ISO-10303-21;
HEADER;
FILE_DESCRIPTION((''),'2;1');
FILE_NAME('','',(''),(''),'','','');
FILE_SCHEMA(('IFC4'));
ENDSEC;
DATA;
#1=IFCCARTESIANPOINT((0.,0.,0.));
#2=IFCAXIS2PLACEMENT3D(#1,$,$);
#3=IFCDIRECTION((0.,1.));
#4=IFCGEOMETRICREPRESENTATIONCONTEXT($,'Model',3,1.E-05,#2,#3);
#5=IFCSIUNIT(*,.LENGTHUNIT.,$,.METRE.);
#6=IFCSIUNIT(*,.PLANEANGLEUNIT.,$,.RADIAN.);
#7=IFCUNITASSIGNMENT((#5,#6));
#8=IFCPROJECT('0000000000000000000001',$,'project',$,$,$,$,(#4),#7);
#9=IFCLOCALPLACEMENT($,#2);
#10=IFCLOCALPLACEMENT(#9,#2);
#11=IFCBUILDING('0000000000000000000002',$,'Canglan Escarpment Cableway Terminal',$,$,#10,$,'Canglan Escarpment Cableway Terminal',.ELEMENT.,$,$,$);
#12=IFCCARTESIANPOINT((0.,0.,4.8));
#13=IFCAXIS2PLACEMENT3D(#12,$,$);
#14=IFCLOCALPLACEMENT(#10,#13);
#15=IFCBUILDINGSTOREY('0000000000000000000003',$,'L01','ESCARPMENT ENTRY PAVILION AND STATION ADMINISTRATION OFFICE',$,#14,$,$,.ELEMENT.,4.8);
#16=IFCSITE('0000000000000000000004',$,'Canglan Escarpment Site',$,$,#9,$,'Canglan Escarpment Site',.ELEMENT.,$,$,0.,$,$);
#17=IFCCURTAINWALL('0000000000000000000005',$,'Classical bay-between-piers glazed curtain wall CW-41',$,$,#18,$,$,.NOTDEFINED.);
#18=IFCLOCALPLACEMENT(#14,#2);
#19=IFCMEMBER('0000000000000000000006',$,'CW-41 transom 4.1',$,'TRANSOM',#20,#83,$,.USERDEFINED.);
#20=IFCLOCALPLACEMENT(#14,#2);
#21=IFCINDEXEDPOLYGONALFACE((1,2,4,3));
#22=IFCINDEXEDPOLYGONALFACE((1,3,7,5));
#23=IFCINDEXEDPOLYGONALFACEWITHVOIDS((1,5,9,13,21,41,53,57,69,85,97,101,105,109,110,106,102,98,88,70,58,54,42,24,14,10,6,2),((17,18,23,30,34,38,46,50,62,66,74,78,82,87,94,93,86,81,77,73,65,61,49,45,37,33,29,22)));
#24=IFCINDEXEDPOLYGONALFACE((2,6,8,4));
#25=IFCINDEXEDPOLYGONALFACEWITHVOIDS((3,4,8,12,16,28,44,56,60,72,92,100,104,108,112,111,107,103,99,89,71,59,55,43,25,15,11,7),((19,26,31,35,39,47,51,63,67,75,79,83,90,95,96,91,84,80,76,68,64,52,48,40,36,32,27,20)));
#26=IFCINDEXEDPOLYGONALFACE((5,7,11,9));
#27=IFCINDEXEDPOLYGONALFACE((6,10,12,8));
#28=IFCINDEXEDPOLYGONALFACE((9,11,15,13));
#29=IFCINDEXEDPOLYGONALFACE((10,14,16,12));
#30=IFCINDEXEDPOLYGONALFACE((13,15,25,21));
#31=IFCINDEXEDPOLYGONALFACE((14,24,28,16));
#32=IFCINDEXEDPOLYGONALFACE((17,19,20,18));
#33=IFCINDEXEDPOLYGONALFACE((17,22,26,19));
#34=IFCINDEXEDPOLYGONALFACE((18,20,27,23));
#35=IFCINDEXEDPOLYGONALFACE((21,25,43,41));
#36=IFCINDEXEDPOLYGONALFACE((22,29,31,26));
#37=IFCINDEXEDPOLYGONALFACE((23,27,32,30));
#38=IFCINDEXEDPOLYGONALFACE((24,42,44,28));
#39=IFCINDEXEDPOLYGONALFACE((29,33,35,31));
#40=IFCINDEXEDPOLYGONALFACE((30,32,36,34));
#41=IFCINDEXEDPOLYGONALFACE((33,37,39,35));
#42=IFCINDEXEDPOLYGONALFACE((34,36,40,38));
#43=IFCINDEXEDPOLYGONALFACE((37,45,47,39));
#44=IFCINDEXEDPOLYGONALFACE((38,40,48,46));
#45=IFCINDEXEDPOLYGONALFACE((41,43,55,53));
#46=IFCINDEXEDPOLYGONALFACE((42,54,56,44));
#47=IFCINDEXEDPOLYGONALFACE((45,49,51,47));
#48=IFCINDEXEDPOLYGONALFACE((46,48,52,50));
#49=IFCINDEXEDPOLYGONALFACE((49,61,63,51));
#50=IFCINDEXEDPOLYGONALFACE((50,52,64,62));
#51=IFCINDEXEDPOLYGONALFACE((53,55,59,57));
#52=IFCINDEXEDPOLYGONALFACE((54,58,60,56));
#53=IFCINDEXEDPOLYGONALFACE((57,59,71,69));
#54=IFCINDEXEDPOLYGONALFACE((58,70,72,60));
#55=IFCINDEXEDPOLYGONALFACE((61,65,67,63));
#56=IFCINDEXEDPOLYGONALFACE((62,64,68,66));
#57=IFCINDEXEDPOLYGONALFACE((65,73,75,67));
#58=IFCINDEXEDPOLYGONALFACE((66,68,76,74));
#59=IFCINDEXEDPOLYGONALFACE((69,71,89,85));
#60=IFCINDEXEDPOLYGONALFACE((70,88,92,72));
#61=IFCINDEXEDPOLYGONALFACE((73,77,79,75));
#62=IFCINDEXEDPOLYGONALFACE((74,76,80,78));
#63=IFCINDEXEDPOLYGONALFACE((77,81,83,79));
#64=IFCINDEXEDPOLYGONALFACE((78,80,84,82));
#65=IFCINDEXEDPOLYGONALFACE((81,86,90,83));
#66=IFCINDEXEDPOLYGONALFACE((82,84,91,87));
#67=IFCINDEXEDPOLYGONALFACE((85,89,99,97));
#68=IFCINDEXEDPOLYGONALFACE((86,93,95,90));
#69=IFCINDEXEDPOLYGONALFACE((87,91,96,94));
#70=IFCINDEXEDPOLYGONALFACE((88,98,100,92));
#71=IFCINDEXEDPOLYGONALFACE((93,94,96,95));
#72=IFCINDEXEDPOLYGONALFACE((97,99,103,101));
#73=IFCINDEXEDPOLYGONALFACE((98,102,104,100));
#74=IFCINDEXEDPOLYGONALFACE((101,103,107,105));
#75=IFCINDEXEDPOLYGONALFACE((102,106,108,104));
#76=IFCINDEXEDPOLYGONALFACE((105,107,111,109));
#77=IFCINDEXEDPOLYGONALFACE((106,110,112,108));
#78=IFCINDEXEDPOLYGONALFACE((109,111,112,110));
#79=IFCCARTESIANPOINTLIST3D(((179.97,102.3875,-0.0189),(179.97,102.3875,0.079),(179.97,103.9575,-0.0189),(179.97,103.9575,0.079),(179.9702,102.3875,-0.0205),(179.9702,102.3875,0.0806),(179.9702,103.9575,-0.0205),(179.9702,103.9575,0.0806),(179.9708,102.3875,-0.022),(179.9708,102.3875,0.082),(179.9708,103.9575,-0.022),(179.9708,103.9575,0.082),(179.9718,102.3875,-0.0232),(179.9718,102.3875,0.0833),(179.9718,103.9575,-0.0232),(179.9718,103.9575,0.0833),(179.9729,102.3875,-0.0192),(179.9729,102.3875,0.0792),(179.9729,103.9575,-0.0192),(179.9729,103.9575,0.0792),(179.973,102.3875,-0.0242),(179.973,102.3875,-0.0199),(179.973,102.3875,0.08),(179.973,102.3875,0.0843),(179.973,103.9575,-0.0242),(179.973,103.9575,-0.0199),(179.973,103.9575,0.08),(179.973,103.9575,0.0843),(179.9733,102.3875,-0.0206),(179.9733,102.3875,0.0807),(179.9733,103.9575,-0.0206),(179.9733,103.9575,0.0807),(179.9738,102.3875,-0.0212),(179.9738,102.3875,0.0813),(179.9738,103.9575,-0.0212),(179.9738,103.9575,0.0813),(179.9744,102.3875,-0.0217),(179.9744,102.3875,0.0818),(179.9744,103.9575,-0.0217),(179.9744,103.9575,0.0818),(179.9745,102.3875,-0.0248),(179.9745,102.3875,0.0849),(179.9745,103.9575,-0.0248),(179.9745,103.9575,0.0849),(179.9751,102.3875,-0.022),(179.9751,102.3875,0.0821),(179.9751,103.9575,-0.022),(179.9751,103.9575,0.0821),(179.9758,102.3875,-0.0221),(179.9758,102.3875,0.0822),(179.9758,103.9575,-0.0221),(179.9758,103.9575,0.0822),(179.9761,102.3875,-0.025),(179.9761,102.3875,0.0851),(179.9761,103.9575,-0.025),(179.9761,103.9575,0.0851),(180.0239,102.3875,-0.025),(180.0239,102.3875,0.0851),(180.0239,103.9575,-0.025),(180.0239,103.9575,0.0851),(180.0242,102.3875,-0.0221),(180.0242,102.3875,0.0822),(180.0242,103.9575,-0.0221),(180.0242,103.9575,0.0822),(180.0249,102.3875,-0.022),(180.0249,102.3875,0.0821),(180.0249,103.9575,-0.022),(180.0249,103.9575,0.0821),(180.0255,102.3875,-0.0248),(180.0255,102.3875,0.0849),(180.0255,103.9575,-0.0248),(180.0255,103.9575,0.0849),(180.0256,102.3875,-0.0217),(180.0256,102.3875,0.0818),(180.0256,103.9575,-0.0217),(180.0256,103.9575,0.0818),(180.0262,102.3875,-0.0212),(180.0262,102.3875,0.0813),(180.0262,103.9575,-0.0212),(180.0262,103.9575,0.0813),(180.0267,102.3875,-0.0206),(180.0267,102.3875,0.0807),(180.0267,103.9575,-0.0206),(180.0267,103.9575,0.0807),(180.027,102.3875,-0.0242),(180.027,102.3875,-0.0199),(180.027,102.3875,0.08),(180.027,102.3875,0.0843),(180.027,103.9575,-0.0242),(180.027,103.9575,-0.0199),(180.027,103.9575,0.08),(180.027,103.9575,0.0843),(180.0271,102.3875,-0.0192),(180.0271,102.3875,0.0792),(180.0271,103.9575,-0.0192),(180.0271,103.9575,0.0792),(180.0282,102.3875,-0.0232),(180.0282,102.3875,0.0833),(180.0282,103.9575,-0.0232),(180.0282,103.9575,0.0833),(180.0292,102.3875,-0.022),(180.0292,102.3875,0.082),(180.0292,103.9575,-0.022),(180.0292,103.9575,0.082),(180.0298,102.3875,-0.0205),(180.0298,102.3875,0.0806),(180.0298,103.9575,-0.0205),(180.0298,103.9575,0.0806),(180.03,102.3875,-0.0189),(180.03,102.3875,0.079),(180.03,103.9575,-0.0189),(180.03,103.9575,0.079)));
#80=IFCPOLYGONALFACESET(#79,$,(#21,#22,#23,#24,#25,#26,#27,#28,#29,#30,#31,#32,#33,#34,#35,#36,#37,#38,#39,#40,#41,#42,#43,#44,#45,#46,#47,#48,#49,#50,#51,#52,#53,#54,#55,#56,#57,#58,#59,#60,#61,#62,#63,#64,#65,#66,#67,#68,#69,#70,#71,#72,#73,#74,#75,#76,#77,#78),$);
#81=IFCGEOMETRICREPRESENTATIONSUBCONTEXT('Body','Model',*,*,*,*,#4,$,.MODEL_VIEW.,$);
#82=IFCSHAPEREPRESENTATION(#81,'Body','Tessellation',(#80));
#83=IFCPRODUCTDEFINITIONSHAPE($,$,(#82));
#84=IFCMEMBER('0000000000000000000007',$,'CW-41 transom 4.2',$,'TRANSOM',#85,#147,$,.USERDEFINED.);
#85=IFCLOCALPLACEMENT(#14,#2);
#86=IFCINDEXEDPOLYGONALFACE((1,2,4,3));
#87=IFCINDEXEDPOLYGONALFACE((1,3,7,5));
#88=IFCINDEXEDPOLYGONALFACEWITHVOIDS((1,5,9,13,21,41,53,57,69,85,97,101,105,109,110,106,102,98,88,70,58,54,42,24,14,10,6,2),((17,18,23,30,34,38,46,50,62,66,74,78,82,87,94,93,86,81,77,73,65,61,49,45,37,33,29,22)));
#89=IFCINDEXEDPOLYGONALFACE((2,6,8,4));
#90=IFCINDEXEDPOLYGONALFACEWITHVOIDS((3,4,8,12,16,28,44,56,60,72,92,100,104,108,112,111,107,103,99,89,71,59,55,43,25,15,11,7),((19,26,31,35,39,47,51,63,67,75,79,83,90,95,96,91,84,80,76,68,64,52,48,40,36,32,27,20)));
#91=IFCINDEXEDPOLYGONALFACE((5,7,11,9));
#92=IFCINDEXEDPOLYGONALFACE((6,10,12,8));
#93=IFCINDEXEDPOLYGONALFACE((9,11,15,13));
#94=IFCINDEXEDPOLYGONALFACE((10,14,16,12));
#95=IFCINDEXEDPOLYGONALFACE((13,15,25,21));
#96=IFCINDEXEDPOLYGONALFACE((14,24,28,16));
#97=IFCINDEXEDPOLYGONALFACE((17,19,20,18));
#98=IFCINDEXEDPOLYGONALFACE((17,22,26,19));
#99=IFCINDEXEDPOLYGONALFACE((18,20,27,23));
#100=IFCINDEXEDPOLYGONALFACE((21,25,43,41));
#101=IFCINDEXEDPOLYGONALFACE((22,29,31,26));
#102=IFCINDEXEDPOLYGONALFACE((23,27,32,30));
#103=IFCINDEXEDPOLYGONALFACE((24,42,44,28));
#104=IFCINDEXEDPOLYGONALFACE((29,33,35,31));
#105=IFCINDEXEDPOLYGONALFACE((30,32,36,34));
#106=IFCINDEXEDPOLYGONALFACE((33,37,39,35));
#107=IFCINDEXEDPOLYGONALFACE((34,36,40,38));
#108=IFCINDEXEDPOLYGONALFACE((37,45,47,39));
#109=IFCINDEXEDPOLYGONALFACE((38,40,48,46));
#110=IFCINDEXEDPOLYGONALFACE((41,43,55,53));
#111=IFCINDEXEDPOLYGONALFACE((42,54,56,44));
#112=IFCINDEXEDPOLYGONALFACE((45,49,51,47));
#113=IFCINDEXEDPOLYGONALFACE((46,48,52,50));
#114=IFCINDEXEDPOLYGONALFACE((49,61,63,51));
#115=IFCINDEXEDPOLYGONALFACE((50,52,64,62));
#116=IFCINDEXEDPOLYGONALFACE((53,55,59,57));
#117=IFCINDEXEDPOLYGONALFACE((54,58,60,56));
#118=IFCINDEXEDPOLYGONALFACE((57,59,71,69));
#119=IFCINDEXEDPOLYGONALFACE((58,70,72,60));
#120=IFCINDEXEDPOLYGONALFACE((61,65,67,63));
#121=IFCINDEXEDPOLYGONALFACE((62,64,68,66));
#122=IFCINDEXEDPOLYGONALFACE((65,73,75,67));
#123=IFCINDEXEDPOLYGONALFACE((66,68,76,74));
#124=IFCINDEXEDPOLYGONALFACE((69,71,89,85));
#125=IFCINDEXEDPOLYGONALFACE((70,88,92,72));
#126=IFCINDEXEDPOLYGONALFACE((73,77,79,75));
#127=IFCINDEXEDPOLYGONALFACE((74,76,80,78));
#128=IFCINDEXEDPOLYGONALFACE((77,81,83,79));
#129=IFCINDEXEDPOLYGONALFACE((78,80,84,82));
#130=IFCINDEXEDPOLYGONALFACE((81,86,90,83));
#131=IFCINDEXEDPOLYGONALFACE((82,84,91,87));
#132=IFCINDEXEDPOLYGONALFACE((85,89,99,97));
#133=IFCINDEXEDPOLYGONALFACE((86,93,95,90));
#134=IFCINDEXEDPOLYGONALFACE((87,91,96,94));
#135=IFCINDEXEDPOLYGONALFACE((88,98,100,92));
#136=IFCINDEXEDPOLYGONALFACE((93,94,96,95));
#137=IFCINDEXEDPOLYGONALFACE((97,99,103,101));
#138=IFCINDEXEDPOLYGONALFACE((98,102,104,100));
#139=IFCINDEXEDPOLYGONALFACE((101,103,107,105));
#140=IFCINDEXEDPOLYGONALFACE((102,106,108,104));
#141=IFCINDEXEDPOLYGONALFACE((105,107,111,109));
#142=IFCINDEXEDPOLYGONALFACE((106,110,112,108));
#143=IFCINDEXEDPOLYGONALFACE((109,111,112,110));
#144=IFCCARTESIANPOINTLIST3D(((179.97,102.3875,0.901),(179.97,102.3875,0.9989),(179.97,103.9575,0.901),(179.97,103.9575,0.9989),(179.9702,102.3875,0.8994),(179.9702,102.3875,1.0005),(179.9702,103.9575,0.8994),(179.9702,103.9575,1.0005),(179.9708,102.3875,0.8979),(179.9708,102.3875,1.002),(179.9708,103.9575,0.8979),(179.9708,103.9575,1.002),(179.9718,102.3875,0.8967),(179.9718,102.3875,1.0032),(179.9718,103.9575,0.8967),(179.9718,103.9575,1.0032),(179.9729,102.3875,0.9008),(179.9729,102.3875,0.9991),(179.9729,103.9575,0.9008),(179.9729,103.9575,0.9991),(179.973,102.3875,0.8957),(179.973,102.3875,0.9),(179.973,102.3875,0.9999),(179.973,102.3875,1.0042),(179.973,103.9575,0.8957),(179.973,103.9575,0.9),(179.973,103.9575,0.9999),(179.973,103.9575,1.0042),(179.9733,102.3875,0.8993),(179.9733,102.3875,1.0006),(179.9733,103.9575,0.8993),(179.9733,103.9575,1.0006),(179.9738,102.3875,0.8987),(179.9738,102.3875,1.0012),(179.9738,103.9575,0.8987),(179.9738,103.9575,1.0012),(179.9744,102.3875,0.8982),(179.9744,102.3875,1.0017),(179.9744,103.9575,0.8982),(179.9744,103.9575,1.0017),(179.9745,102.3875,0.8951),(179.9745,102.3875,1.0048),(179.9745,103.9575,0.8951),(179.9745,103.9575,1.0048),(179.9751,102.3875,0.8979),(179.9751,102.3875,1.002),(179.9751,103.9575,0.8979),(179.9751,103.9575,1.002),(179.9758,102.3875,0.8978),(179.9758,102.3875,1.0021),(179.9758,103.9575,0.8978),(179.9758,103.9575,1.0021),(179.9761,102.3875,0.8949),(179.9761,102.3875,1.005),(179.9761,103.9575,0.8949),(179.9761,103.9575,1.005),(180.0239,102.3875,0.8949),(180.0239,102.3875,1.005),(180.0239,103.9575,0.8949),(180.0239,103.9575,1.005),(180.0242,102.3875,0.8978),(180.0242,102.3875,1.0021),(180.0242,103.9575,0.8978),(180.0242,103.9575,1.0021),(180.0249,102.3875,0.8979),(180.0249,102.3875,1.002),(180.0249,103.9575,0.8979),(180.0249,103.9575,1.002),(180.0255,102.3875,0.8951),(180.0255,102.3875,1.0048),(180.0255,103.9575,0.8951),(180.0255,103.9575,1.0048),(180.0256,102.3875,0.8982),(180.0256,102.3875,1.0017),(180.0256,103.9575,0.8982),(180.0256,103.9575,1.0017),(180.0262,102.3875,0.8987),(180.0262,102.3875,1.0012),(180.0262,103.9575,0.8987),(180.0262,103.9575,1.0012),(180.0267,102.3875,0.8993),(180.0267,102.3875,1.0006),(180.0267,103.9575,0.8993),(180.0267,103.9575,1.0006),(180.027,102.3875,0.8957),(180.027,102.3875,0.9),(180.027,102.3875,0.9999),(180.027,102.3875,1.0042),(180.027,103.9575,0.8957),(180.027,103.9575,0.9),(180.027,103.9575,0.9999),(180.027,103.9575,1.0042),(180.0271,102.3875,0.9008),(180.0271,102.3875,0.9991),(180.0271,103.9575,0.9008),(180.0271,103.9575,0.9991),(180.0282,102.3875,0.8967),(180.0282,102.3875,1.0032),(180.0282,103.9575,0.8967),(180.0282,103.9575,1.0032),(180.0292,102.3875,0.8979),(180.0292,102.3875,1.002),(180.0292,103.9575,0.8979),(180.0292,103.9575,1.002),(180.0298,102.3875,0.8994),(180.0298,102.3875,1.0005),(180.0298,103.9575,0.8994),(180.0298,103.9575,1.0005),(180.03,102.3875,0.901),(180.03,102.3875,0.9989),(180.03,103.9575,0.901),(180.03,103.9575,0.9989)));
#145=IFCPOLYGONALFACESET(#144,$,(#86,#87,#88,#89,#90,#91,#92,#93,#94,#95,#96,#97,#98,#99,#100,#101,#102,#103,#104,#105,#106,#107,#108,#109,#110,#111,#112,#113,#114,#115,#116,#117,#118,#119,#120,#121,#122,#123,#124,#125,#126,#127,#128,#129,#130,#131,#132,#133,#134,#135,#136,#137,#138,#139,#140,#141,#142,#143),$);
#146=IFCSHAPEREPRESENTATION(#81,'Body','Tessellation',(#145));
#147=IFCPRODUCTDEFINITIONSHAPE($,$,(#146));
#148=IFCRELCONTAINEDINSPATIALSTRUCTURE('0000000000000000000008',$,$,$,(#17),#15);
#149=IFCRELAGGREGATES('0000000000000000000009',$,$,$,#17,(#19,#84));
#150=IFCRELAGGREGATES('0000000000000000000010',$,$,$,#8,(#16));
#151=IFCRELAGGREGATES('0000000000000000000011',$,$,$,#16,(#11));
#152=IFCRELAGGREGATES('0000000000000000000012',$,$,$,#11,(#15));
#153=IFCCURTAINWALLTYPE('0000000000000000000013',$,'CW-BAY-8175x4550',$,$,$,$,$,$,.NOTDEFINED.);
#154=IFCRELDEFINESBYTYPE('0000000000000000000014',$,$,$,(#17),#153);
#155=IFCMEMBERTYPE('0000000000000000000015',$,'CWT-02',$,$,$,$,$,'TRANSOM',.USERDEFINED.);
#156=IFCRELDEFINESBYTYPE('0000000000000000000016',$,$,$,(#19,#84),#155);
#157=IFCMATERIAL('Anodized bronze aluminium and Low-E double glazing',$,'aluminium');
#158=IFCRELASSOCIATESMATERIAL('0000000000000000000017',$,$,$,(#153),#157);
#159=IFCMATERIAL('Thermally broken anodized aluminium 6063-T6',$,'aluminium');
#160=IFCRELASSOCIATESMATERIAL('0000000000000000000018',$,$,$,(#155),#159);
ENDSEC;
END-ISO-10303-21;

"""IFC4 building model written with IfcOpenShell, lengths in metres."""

from ifc_helpers import new_model, si_unit, direction, frame, origin, origin_2d, place, context, subcontext, project, spatial, hollow_rectangle, extrude, material, material_profile, profile_set, type_object, element, aggregate, save


model = new_model("IFC4")

# Units and contexts
model_context = context("Model", 3, precision=1e-05, world=origin(), true_north=direction((0.0, 1.0)))
body_context = subcontext(model_context, "Body", "Model", "MODEL_VIEW")
ifc_project = project(units=[si_unit("LENGTHUNIT", "METRE"), si_unit("PLANEANGLEUNIT", "RADIAN")], contexts=[model_context])

# Site, building, storey
site_placement = place(None, origin())
site = spatial("IfcSite", under=ifc_project, at=site_placement, Name="Canglan Escarpment Site", LongName="Canglan Escarpment Site", CompositionType="ELEMENT", RefElevation=0.0)
building_placement = place(site_placement, origin())
building = spatial("IfcBuilding", under=site, at=building_placement, Name="Canglan Escarpment Cableway Terminal", LongName="Canglan Escarpment Cableway Terminal", CompositionType="ELEMENT")
storey_placement = place(building_placement, frame((0.0, 0.0, 4.8)))
storey = spatial("IfcBuildingStorey", under=building, at=storey_placement, Name="L01", Description="ESCARPMENT ENTRY PAVILION AND STATION ADMINISTRATION OFFICE", CompositionType="ELEMENT", Elevation=4.8)

# Curtain wall, members
ifc_material_1 = material(Name="Anodized bronze aluminium and Low-E double glazing", Category="aluminium")
curtain_wall_type = type_object("IfcCurtainWallType", Name="CW-BAY-8175x4550", PredefinedType="NOTDEFINED", material=ifc_material_1)
curtain_wall_placement = place(storey_placement, origin())
curtain_wall = element("IfcCurtainWall", 1, at=curtain_wall_placement, inside=storey, type_object=curtain_wall_type, Name="Classical bay-between-piers glazed curtain wall CW-41", PredefinedType="NOTDEFINED")
ifc_material_2 = material(Name="Thermally broken anodized aluminium 6063-T6", Category="aluminium")
ifc_material_profile_1 = material_profile(ifc_material_2, hollow_rectangle(XDim=0.0601, YDim=0.1101, WallThickness=0.0029, InnerFilletRadius=0.0029, OuterFilletRadius=0.0061, at=origin_2d()), Name="ALU-TRAN 60x110x3")
ifc_profile_set_1 = profile_set([ifc_material_profile_1], Name="Thermally broken anodized aluminium 6063-T6")
member_type_1 = type_object("IfcMemberType", Name="CWT-02", ElementType="TRANSOM", PredefinedType="USERDEFINED", material=ifc_profile_set_1)
member_1_placement = place(storey_placement, frame((180.0, 102.3875, 0.03), z_axis=(0.0, 1.0, 0.0), x_axis=(-1.0, 0.0, 0.0)))
member_1 = element("IfcMember", 2, at=member_1_placement, type_object=member_type_1, Name="CW-41 transom 4.1", ObjectType="TRANSOM", PredefinedType="USERDEFINED", context=body_context, shape_type="SweptSolid", body=[
    extrude(hollow_rectangle(XDim=0.0601, YDim=0.1101, WallThickness=0.0029, InnerFilletRadius=0.0029, OuterFilletRadius=0.0061, at=origin_2d()), origin(), (0.0, 0.0, 1.0), 1.5701),
])
member_2_placement = place(storey_placement, frame((180.0, 102.3875, 0.95), z_axis=(0.0, 1.0, 0.0), x_axis=(-1.0, 0.0, 0.0)))
member_2 = element("IfcMember", 3, at=member_2_placement, type_object=member_type_1, Name="CW-41 transom 4.2", ObjectType="TRANSOM", PredefinedType="USERDEFINED", context=body_context, shape_type="SweptSolid", body=[
    extrude(hollow_rectangle(XDim=0.0601, YDim=0.1101, WallThickness=0.0029, InnerFilletRadius=0.0029, OuterFilletRadius=0.0061, at=origin_2d()), origin(), (0.0, 0.0, 1.0), 1.5701),
])
aggregate(curtain_wall, [member_1, member_2])

save(model, "model.ifc")
